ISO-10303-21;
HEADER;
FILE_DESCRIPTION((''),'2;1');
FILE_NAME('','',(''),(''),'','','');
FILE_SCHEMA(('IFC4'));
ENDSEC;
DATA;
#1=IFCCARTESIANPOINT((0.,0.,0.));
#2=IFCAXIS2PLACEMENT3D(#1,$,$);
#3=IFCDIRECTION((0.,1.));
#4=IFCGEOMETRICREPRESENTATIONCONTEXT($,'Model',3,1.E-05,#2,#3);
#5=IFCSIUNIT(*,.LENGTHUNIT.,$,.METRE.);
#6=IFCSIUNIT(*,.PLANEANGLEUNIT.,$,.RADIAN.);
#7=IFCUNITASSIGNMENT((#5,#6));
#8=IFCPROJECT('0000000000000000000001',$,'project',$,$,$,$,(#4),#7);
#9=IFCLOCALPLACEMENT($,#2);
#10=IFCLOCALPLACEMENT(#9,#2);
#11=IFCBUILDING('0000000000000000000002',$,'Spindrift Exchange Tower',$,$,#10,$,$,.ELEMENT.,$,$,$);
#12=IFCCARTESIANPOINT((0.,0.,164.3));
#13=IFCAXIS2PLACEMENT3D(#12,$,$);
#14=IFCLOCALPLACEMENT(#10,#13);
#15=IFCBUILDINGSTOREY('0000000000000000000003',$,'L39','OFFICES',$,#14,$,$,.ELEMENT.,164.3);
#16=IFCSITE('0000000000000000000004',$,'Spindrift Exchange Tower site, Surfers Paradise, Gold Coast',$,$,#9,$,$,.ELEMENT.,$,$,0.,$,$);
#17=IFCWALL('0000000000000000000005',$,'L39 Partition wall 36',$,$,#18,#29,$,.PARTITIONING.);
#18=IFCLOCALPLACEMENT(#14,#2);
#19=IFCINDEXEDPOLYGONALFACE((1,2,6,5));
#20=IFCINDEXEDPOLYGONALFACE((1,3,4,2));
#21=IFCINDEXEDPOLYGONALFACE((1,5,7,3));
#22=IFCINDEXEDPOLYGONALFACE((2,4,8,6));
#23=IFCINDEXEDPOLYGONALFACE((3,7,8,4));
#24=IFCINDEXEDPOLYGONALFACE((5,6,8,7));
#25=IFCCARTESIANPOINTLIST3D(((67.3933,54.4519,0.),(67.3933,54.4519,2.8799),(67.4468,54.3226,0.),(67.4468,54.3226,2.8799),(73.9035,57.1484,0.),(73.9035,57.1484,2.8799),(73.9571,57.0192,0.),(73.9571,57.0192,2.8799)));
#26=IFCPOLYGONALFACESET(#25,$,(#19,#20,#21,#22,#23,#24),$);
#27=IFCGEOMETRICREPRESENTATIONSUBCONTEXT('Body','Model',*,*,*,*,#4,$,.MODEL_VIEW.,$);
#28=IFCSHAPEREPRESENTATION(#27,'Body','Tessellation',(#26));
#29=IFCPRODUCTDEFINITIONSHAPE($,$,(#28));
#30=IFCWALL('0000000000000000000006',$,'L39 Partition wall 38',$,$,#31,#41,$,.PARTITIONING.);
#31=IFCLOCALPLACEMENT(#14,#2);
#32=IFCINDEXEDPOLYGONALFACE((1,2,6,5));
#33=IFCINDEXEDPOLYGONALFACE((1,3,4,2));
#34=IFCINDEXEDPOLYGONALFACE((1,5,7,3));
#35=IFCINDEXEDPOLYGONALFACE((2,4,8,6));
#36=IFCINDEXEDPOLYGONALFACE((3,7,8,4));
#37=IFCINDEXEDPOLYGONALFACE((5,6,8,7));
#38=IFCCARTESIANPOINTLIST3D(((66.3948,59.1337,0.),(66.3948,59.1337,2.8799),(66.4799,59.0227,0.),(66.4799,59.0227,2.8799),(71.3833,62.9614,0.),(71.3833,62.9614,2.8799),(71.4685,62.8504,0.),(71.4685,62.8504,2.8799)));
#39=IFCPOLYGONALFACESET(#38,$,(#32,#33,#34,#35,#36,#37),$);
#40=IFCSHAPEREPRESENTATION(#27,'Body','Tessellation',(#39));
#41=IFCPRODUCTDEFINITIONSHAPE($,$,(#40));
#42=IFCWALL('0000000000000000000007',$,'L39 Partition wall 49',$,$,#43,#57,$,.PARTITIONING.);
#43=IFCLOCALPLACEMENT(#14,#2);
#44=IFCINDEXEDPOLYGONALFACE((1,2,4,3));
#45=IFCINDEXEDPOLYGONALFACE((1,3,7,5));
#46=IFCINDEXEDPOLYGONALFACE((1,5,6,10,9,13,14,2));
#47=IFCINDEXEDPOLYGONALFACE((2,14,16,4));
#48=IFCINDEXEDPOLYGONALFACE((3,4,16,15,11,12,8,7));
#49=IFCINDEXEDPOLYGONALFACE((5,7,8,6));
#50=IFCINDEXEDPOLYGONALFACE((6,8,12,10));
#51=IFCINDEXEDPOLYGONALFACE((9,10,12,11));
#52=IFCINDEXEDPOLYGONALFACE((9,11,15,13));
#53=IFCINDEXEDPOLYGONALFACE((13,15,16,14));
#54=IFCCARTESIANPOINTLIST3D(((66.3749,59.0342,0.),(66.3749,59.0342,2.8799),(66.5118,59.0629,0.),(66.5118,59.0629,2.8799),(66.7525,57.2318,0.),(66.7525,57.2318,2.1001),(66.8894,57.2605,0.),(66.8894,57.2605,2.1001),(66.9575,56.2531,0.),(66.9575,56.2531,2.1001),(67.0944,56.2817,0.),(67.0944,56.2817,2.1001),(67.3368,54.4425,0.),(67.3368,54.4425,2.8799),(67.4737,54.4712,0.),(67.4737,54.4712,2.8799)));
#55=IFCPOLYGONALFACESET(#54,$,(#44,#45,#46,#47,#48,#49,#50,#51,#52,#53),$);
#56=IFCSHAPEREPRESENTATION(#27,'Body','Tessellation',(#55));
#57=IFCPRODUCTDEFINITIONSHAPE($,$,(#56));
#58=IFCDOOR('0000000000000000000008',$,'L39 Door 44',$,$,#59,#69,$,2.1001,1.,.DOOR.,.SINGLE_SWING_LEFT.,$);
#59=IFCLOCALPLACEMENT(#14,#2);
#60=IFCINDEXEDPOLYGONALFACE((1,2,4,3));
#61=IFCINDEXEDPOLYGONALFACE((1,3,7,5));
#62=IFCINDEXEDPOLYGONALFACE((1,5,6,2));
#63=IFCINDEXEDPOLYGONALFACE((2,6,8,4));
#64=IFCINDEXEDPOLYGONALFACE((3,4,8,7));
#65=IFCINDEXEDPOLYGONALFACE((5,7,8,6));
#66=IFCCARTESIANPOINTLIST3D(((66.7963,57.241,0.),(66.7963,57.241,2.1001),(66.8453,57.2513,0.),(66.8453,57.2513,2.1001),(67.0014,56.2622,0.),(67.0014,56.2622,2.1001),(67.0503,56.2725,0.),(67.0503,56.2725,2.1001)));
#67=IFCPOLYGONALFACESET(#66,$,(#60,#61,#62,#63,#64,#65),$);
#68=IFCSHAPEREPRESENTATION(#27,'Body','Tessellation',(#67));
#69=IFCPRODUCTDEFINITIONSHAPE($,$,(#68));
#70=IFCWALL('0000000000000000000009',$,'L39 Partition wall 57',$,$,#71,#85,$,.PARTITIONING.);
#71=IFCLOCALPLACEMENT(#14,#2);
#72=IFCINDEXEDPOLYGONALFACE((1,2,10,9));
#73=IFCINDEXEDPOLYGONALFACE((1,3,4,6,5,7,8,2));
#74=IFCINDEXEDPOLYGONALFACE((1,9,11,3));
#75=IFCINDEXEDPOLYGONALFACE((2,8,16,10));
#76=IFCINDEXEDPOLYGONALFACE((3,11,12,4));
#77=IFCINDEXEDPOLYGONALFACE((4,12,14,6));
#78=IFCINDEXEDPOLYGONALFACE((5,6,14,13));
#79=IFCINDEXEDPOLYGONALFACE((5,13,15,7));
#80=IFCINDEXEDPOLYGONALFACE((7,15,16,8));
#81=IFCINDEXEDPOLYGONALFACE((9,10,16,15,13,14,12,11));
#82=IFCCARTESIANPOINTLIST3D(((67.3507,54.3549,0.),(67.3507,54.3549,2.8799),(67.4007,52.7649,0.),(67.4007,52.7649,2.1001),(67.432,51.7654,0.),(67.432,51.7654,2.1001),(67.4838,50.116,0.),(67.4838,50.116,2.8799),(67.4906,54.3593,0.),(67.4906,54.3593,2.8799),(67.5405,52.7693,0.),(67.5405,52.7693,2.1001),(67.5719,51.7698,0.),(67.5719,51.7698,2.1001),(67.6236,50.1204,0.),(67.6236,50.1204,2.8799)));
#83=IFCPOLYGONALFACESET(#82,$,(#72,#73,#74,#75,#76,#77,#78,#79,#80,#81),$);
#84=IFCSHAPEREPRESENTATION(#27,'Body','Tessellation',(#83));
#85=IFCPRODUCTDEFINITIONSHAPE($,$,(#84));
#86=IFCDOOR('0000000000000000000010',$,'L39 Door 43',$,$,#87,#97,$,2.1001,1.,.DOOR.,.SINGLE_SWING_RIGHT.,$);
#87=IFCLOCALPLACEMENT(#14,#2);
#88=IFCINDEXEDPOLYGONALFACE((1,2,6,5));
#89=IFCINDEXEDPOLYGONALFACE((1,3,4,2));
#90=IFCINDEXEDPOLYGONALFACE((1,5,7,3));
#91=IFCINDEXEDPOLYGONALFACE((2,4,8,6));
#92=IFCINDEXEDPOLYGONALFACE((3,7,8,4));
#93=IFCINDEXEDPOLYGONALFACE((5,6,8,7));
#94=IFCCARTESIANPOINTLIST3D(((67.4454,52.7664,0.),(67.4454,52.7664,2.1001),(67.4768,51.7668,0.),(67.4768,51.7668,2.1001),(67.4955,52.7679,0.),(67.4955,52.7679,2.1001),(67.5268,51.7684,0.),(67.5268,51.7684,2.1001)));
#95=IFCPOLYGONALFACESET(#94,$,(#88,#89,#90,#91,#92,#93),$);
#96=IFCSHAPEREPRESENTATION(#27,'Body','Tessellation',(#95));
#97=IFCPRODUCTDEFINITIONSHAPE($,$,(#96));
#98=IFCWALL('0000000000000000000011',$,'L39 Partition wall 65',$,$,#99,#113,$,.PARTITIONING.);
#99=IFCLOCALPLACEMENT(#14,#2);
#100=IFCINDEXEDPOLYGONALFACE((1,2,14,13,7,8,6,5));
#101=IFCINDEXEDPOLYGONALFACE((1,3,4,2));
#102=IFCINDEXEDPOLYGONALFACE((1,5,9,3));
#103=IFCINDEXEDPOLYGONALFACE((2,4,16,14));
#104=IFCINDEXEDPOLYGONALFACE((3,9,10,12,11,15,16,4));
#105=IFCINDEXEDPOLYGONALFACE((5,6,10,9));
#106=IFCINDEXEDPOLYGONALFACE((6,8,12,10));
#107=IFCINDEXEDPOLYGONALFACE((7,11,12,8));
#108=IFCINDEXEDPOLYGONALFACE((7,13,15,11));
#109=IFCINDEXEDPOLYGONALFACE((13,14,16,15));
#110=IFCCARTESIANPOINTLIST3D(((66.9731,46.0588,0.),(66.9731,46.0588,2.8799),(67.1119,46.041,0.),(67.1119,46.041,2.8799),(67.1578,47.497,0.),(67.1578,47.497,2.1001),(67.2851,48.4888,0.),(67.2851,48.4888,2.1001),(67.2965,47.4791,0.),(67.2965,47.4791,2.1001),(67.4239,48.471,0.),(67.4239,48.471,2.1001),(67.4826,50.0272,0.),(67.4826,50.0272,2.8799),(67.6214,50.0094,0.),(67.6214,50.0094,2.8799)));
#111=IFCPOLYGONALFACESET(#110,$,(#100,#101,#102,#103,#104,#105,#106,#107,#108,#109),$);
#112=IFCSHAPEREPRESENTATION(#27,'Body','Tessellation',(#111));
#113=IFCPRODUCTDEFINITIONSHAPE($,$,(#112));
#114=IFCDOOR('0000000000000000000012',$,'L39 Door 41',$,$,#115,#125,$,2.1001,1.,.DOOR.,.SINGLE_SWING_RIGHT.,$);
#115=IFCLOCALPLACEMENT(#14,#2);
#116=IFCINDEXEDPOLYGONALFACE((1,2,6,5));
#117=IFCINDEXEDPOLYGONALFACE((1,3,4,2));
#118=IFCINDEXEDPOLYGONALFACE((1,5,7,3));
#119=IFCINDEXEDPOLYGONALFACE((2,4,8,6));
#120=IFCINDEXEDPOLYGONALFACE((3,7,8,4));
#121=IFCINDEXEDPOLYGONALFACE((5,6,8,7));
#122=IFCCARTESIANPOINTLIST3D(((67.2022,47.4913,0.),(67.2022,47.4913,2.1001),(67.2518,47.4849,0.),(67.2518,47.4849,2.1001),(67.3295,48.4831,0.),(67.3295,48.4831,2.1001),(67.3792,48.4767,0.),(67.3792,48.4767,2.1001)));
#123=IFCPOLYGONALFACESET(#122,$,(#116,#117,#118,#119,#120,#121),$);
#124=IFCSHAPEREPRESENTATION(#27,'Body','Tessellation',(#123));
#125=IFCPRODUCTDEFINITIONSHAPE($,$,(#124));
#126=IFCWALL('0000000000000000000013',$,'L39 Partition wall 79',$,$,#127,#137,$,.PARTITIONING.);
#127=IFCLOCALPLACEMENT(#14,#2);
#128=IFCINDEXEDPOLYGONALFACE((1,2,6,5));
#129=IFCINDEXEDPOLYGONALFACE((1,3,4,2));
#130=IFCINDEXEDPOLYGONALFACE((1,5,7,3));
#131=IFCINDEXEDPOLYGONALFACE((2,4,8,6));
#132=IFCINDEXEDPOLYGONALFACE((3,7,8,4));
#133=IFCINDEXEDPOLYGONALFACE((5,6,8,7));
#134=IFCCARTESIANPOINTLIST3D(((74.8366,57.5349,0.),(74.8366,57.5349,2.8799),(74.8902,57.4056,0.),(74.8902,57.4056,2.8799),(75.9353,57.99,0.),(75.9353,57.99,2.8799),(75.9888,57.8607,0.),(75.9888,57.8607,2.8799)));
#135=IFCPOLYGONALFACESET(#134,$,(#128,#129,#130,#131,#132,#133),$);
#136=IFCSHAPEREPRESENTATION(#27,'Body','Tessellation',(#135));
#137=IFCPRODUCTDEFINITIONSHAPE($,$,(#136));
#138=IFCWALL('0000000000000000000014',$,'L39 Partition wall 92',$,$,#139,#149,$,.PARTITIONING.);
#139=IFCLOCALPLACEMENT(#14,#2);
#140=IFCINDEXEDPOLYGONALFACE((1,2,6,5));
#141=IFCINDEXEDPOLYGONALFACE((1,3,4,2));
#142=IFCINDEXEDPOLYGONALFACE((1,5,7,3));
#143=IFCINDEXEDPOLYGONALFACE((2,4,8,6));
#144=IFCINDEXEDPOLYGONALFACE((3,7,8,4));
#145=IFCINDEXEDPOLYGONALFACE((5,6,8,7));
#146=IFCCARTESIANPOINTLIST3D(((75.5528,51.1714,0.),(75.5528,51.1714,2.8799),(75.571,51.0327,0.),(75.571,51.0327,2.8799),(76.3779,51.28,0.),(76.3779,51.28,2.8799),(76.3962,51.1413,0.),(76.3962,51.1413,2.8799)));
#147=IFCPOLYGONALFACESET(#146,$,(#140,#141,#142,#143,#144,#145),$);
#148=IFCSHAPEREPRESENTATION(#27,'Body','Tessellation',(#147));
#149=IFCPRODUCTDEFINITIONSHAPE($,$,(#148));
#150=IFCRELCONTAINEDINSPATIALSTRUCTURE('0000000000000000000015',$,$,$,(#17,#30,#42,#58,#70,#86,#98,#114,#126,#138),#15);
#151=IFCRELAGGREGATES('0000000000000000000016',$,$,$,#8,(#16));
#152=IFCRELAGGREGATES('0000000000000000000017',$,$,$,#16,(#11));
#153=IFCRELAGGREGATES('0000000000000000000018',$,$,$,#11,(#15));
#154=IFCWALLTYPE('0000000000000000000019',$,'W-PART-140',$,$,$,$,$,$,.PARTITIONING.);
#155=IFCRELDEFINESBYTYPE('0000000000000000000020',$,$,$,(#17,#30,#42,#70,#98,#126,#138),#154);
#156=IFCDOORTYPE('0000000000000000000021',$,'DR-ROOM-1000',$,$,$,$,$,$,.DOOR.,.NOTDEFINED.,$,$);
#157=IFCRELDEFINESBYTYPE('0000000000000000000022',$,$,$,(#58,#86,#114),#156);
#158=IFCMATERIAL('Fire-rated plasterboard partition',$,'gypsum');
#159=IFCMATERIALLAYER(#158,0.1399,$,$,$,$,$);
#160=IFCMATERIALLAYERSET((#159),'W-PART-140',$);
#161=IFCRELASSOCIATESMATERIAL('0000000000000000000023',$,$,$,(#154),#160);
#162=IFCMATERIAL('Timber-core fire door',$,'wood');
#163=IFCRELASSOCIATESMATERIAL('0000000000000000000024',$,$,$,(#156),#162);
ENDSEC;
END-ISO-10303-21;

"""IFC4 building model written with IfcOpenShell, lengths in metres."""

from ifc_helpers import new_model, si_unit, direction, frame, frame_2d, origin, place, context, subcontext, project, spatial, rectangle, extrude, source, transform, mapped, material, layer, layer_set, type_object, element, fill, save


model = new_model("IFC4")

# Units and contexts
model_context = context("Model", 3, precision=1e-05, world=origin(), true_north=direction((0.0, 1.0)))
body_context = subcontext(model_context, "Body", "Model", "MODEL_VIEW")
ifc_project = project(units=[si_unit("LENGTHUNIT", "METRE"), si_unit("PLANEANGLEUNIT", "RADIAN")], contexts=[model_context])

# Site, building, storey
site_placement = place(None, origin())
site = spatial("IfcSite", under=ifc_project, at=site_placement, Name="Spindrift Exchange Tower site, Surfers Paradise, Gold Coast", CompositionType="ELEMENT", RefElevation=0.0)
building_placement = place(site_placement, origin())
building = spatial("IfcBuilding", under=site, at=building_placement, Name="Spindrift Exchange Tower", CompositionType="ELEMENT")
storey_placement = place(building_placement, frame((0.0, 0.0, 164.3)))
storey = spatial("IfcBuildingStorey", under=building, at=storey_placement, Name="L39", Description="OFFICES", CompositionType="ELEMENT", Elevation=164.3)

# Walls
ifc_material_1 = material(Name="Fire-rated plasterboard partition", Category="gypsum")
ifc_layer_1 = layer(ifc_material_1, 0.1399)
ifc_layer_set_1 = layer_set([ifc_layer_1], Name="W-PART-140")
wall_type = type_object("IfcWallType", Name="W-PART-140", PredefinedType="PARTITIONING", material=ifc_layer_set_1)
wall_1_placement = place(storey_placement, frame((67.4199, 54.3872, 0.0), z_axis=(0.0, 0.0, 1.0), x_axis=(0.923885, 0.382671, 0.0)))
element("IfcWall", 1, at=wall_1_placement, inside=storey, type_object=wall_type, Name="L39 Partition wall 36", PredefinedType="PARTITIONING", context=body_context, shape_type="SweptSolid", body=[
    extrude(rectangle(XDim=7.0466, YDim=0.1399, at=frame_2d((3.5234, 0.0))), origin(), (0.0, 0.0, 1.0), 2.8799),
])
wall_2_placement = place(storey_placement, frame((66.4373, 59.0781, 0.0), z_axis=(0.0, 0.0, 1.0), x_axis=(0.793368, 0.608742, 0.0)))
element("IfcWall", 2, at=wall_2_placement, inside=storey, type_object=wall_type, Name="L39 Partition wall 38", PredefinedType="PARTITIONING", context=body_context, shape_type="SweptSolid", body=[
    extrude(rectangle(XDim=6.2878, YDim=0.1399, at=frame_2d((3.144, 0.0))), origin(), (0.0, 0.0, 1.0), 2.8799),
])

# Walls, openings, doors
wall_3_placement = place(storey_placement, frame((66.4434, 59.0486, 0.0), z_axis=(0.0, 0.0, 1.0), x_axis=(0.205035, -0.978755, 0.0)))
wall_3 = element("IfcWall", 3, at=wall_3_placement, inside=storey, type_object=wall_type, Name="L39 Partition wall 49", PredefinedType="PARTITIONING", context=body_context, shape_type="SweptSolid", body=[
    extrude(rectangle(XDim=4.6914, YDim=0.1399, at=frame_2d((2.3457, 0.0))), origin(), (0.0, 0.0, 1.0), 2.8799),
])
opening_1_placement = place(wall_3_placement, frame((1.8416, 0.0, 0.0)))
opening_1 = element("IfcOpeningElement", 4, at=opening_1_placement, cuts=wall_3, PredefinedType="OPENING", context=body_context, shape_type="SweptSolid", body=[
    extrude(rectangle(XDim=1.0, YDim=2.1001, at=frame_2d((0.5, 1.05))), frame((0.0, 0.0798, 0.0), z_axis=(0.0, -1.0, 0.0), x_axis=(1.0, 0.0, 0.0)), (0.0, 0.0, 1.0), 0.1599),
])
ifc_material_2 = material(Name="Timber-core fire door", Category="wood")
door_type = type_object("IfcDoorType", Name="DR-ROOM-1000", OperationType="NOTDEFINED", PredefinedType="DOOR", material=ifc_material_2)
shared_shape_1 = source(origin(), body_context, "Body", "SweptSolid", [
    extrude(rectangle(XDim=1.0, YDim=2.1001, at=frame_2d((0.5, 1.05))), frame((0.0, 0.0249, 0.0), z_axis=(0.0, -1.0, 0.0), x_axis=(1.0, 0.0, 0.0)), (0.0, 0.0, 1.0), 0.05),
])
door_1_placement = place(opening_1_placement, origin())
door_1 = element("IfcDoor", 5, at=door_1_placement, inside=storey, type_object=door_type, Name="L39 Door 44", OperationType="SINGLE_SWING_LEFT", OverallHeight=2.1001, OverallWidth=1.0, PredefinedType="DOOR", context=body_context, shape_type="MappedRepresentation", body=[
    mapped(shared_shape_1, transform((0.0, 0.0, 0.0), scale=1.0)),
])
fill(opening_1, door_1)
wall_4_placement = place(storey_placement, frame((67.4207, 54.3572, 0.0), z_axis=(0.0, 0.0, 1.0), x_axis=(0.031375, -0.999508, 0.0)))
wall_4 = element("IfcWall", 6, at=wall_4_placement, inside=storey, type_object=wall_type, Name="L39 Partition wall 57", PredefinedType="PARTITIONING", context=body_context, shape_type="SweptSolid", body=[
    extrude(rectangle(XDim=4.241, YDim=0.1399, at=frame_2d((2.1206, 0.0))), origin(), (0.0, 0.0, 1.0), 2.8799),
])
opening_2_placement = place(wall_4_placement, frame((1.5908, 0.0, 0.0)))
opening_2 = element("IfcOpeningElement", 7, at=opening_2_placement, cuts=wall_4, PredefinedType="OPENING", context=body_context, shape_type="SweptSolid", body=[
    extrude(rectangle(XDim=1.0, YDim=2.1001, at=frame_2d((0.5, 1.05))), frame((0.0, 0.0798, 0.0), z_axis=(0.0, -1.0, 0.0), x_axis=(1.0, 0.0, 0.0)), (0.0, 0.0, 1.0), 0.1599),
])
door_2_placement = place(opening_2_placement, origin())
door_2 = element("IfcDoor", 8, at=door_2_placement, inside=storey, type_object=door_type, Name="L39 Door 43", OperationType="SINGLE_SWING_RIGHT", OverallHeight=2.1001, OverallWidth=1.0, PredefinedType="DOOR", context=body_context, shape_type="MappedRepresentation", body=[
    mapped(shared_shape_1, transform((0.0, 0.0, 0.0), scale=1.0)),
])
fill(opening_2, door_2)
wall_5_placement = place(storey_placement, frame((67.552, 50.0183, 0.0), z_axis=(0.0, 0.0, 1.0), x_axis=(-0.127346, -0.991858, 0.0)))
wall_5 = element("IfcWall", 9, at=wall_5_placement, inside=storey, type_object=wall_type, Name="L39 Partition wall 65", PredefinedType="PARTITIONING", context=body_context, shape_type="SweptSolid", body=[
    extrude(rectangle(XDim=4.001, YDim=0.1399, at=frame_2d((2.0005, 0.0))), origin(), (0.0, 0.0, 1.0), 2.8799),
])
opening_3_placement = place(wall_5_placement, frame((1.551, 0.0, 0.0)))
opening_3 = element("IfcOpeningElement", 10, at=opening_3_placement, cuts=wall_5, PredefinedType="OPENING", context=body_context, shape_type="SweptSolid", body=[
    extrude(rectangle(XDim=1.0, YDim=2.1001, at=frame_2d((0.5, 1.05))), frame((0.0, 0.0798, 0.0), z_axis=(0.0, -1.0, 0.0), x_axis=(1.0, 0.0, 0.0)), (0.0, 0.0, 1.0), 0.1599),
])
door_3_placement = place(opening_3_placement, origin())
door_3 = element("IfcDoor", 11, at=door_3_placement, inside=storey, type_object=door_type, Name="L39 Door 41", OperationType="SINGLE_SWING_RIGHT", OverallHeight=2.1001, OverallWidth=1.0, PredefinedType="DOOR", context=body_context, shape_type="MappedRepresentation", body=[
    mapped(shared_shape_1, transform((0.0, 0.0, 0.0), scale=1.0)),
])
fill(opening_3, door_3)

# Walls
wall_6_placement = place(storey_placement, frame((74.8633, 57.4702, 0.0), z_axis=(0.0, 0.0, 1.0), x_axis=(0.923877, 0.38269, 0.0)))
element("IfcWall", 12, at=wall_6_placement, inside=storey, type_object=wall_type, Name="L39 Partition wall 79", PredefinedType="PARTITIONING", context=body_context, shape_type="SweptSolid", body=[
    extrude(rectangle(XDim=1.1892, YDim=0.1399, at=frame_2d((0.5947, 0.0))), origin(), (0.0, 0.0, 1.0), 2.8799),
])
wall_7_placement = place(storey_placement, frame((75.562, 51.1021, 0.0), z_axis=(0.0, 0.0, 1.0), x_axis=(0.991444, 0.13053, 0.0)))
element("IfcWall", 13, at=wall_7_placement, inside=storey, type_object=wall_type, Name="L39 Partition wall 92", PredefinedType="PARTITIONING", context=body_context, shape_type="SweptSolid", body=[
    extrude(rectangle(XDim=0.8323, YDim=0.1399, at=frame_2d((0.416, 0.0))), origin(), (0.0, 0.0, 1.0), 2.8799),
])

save(model, "model.ifc")
